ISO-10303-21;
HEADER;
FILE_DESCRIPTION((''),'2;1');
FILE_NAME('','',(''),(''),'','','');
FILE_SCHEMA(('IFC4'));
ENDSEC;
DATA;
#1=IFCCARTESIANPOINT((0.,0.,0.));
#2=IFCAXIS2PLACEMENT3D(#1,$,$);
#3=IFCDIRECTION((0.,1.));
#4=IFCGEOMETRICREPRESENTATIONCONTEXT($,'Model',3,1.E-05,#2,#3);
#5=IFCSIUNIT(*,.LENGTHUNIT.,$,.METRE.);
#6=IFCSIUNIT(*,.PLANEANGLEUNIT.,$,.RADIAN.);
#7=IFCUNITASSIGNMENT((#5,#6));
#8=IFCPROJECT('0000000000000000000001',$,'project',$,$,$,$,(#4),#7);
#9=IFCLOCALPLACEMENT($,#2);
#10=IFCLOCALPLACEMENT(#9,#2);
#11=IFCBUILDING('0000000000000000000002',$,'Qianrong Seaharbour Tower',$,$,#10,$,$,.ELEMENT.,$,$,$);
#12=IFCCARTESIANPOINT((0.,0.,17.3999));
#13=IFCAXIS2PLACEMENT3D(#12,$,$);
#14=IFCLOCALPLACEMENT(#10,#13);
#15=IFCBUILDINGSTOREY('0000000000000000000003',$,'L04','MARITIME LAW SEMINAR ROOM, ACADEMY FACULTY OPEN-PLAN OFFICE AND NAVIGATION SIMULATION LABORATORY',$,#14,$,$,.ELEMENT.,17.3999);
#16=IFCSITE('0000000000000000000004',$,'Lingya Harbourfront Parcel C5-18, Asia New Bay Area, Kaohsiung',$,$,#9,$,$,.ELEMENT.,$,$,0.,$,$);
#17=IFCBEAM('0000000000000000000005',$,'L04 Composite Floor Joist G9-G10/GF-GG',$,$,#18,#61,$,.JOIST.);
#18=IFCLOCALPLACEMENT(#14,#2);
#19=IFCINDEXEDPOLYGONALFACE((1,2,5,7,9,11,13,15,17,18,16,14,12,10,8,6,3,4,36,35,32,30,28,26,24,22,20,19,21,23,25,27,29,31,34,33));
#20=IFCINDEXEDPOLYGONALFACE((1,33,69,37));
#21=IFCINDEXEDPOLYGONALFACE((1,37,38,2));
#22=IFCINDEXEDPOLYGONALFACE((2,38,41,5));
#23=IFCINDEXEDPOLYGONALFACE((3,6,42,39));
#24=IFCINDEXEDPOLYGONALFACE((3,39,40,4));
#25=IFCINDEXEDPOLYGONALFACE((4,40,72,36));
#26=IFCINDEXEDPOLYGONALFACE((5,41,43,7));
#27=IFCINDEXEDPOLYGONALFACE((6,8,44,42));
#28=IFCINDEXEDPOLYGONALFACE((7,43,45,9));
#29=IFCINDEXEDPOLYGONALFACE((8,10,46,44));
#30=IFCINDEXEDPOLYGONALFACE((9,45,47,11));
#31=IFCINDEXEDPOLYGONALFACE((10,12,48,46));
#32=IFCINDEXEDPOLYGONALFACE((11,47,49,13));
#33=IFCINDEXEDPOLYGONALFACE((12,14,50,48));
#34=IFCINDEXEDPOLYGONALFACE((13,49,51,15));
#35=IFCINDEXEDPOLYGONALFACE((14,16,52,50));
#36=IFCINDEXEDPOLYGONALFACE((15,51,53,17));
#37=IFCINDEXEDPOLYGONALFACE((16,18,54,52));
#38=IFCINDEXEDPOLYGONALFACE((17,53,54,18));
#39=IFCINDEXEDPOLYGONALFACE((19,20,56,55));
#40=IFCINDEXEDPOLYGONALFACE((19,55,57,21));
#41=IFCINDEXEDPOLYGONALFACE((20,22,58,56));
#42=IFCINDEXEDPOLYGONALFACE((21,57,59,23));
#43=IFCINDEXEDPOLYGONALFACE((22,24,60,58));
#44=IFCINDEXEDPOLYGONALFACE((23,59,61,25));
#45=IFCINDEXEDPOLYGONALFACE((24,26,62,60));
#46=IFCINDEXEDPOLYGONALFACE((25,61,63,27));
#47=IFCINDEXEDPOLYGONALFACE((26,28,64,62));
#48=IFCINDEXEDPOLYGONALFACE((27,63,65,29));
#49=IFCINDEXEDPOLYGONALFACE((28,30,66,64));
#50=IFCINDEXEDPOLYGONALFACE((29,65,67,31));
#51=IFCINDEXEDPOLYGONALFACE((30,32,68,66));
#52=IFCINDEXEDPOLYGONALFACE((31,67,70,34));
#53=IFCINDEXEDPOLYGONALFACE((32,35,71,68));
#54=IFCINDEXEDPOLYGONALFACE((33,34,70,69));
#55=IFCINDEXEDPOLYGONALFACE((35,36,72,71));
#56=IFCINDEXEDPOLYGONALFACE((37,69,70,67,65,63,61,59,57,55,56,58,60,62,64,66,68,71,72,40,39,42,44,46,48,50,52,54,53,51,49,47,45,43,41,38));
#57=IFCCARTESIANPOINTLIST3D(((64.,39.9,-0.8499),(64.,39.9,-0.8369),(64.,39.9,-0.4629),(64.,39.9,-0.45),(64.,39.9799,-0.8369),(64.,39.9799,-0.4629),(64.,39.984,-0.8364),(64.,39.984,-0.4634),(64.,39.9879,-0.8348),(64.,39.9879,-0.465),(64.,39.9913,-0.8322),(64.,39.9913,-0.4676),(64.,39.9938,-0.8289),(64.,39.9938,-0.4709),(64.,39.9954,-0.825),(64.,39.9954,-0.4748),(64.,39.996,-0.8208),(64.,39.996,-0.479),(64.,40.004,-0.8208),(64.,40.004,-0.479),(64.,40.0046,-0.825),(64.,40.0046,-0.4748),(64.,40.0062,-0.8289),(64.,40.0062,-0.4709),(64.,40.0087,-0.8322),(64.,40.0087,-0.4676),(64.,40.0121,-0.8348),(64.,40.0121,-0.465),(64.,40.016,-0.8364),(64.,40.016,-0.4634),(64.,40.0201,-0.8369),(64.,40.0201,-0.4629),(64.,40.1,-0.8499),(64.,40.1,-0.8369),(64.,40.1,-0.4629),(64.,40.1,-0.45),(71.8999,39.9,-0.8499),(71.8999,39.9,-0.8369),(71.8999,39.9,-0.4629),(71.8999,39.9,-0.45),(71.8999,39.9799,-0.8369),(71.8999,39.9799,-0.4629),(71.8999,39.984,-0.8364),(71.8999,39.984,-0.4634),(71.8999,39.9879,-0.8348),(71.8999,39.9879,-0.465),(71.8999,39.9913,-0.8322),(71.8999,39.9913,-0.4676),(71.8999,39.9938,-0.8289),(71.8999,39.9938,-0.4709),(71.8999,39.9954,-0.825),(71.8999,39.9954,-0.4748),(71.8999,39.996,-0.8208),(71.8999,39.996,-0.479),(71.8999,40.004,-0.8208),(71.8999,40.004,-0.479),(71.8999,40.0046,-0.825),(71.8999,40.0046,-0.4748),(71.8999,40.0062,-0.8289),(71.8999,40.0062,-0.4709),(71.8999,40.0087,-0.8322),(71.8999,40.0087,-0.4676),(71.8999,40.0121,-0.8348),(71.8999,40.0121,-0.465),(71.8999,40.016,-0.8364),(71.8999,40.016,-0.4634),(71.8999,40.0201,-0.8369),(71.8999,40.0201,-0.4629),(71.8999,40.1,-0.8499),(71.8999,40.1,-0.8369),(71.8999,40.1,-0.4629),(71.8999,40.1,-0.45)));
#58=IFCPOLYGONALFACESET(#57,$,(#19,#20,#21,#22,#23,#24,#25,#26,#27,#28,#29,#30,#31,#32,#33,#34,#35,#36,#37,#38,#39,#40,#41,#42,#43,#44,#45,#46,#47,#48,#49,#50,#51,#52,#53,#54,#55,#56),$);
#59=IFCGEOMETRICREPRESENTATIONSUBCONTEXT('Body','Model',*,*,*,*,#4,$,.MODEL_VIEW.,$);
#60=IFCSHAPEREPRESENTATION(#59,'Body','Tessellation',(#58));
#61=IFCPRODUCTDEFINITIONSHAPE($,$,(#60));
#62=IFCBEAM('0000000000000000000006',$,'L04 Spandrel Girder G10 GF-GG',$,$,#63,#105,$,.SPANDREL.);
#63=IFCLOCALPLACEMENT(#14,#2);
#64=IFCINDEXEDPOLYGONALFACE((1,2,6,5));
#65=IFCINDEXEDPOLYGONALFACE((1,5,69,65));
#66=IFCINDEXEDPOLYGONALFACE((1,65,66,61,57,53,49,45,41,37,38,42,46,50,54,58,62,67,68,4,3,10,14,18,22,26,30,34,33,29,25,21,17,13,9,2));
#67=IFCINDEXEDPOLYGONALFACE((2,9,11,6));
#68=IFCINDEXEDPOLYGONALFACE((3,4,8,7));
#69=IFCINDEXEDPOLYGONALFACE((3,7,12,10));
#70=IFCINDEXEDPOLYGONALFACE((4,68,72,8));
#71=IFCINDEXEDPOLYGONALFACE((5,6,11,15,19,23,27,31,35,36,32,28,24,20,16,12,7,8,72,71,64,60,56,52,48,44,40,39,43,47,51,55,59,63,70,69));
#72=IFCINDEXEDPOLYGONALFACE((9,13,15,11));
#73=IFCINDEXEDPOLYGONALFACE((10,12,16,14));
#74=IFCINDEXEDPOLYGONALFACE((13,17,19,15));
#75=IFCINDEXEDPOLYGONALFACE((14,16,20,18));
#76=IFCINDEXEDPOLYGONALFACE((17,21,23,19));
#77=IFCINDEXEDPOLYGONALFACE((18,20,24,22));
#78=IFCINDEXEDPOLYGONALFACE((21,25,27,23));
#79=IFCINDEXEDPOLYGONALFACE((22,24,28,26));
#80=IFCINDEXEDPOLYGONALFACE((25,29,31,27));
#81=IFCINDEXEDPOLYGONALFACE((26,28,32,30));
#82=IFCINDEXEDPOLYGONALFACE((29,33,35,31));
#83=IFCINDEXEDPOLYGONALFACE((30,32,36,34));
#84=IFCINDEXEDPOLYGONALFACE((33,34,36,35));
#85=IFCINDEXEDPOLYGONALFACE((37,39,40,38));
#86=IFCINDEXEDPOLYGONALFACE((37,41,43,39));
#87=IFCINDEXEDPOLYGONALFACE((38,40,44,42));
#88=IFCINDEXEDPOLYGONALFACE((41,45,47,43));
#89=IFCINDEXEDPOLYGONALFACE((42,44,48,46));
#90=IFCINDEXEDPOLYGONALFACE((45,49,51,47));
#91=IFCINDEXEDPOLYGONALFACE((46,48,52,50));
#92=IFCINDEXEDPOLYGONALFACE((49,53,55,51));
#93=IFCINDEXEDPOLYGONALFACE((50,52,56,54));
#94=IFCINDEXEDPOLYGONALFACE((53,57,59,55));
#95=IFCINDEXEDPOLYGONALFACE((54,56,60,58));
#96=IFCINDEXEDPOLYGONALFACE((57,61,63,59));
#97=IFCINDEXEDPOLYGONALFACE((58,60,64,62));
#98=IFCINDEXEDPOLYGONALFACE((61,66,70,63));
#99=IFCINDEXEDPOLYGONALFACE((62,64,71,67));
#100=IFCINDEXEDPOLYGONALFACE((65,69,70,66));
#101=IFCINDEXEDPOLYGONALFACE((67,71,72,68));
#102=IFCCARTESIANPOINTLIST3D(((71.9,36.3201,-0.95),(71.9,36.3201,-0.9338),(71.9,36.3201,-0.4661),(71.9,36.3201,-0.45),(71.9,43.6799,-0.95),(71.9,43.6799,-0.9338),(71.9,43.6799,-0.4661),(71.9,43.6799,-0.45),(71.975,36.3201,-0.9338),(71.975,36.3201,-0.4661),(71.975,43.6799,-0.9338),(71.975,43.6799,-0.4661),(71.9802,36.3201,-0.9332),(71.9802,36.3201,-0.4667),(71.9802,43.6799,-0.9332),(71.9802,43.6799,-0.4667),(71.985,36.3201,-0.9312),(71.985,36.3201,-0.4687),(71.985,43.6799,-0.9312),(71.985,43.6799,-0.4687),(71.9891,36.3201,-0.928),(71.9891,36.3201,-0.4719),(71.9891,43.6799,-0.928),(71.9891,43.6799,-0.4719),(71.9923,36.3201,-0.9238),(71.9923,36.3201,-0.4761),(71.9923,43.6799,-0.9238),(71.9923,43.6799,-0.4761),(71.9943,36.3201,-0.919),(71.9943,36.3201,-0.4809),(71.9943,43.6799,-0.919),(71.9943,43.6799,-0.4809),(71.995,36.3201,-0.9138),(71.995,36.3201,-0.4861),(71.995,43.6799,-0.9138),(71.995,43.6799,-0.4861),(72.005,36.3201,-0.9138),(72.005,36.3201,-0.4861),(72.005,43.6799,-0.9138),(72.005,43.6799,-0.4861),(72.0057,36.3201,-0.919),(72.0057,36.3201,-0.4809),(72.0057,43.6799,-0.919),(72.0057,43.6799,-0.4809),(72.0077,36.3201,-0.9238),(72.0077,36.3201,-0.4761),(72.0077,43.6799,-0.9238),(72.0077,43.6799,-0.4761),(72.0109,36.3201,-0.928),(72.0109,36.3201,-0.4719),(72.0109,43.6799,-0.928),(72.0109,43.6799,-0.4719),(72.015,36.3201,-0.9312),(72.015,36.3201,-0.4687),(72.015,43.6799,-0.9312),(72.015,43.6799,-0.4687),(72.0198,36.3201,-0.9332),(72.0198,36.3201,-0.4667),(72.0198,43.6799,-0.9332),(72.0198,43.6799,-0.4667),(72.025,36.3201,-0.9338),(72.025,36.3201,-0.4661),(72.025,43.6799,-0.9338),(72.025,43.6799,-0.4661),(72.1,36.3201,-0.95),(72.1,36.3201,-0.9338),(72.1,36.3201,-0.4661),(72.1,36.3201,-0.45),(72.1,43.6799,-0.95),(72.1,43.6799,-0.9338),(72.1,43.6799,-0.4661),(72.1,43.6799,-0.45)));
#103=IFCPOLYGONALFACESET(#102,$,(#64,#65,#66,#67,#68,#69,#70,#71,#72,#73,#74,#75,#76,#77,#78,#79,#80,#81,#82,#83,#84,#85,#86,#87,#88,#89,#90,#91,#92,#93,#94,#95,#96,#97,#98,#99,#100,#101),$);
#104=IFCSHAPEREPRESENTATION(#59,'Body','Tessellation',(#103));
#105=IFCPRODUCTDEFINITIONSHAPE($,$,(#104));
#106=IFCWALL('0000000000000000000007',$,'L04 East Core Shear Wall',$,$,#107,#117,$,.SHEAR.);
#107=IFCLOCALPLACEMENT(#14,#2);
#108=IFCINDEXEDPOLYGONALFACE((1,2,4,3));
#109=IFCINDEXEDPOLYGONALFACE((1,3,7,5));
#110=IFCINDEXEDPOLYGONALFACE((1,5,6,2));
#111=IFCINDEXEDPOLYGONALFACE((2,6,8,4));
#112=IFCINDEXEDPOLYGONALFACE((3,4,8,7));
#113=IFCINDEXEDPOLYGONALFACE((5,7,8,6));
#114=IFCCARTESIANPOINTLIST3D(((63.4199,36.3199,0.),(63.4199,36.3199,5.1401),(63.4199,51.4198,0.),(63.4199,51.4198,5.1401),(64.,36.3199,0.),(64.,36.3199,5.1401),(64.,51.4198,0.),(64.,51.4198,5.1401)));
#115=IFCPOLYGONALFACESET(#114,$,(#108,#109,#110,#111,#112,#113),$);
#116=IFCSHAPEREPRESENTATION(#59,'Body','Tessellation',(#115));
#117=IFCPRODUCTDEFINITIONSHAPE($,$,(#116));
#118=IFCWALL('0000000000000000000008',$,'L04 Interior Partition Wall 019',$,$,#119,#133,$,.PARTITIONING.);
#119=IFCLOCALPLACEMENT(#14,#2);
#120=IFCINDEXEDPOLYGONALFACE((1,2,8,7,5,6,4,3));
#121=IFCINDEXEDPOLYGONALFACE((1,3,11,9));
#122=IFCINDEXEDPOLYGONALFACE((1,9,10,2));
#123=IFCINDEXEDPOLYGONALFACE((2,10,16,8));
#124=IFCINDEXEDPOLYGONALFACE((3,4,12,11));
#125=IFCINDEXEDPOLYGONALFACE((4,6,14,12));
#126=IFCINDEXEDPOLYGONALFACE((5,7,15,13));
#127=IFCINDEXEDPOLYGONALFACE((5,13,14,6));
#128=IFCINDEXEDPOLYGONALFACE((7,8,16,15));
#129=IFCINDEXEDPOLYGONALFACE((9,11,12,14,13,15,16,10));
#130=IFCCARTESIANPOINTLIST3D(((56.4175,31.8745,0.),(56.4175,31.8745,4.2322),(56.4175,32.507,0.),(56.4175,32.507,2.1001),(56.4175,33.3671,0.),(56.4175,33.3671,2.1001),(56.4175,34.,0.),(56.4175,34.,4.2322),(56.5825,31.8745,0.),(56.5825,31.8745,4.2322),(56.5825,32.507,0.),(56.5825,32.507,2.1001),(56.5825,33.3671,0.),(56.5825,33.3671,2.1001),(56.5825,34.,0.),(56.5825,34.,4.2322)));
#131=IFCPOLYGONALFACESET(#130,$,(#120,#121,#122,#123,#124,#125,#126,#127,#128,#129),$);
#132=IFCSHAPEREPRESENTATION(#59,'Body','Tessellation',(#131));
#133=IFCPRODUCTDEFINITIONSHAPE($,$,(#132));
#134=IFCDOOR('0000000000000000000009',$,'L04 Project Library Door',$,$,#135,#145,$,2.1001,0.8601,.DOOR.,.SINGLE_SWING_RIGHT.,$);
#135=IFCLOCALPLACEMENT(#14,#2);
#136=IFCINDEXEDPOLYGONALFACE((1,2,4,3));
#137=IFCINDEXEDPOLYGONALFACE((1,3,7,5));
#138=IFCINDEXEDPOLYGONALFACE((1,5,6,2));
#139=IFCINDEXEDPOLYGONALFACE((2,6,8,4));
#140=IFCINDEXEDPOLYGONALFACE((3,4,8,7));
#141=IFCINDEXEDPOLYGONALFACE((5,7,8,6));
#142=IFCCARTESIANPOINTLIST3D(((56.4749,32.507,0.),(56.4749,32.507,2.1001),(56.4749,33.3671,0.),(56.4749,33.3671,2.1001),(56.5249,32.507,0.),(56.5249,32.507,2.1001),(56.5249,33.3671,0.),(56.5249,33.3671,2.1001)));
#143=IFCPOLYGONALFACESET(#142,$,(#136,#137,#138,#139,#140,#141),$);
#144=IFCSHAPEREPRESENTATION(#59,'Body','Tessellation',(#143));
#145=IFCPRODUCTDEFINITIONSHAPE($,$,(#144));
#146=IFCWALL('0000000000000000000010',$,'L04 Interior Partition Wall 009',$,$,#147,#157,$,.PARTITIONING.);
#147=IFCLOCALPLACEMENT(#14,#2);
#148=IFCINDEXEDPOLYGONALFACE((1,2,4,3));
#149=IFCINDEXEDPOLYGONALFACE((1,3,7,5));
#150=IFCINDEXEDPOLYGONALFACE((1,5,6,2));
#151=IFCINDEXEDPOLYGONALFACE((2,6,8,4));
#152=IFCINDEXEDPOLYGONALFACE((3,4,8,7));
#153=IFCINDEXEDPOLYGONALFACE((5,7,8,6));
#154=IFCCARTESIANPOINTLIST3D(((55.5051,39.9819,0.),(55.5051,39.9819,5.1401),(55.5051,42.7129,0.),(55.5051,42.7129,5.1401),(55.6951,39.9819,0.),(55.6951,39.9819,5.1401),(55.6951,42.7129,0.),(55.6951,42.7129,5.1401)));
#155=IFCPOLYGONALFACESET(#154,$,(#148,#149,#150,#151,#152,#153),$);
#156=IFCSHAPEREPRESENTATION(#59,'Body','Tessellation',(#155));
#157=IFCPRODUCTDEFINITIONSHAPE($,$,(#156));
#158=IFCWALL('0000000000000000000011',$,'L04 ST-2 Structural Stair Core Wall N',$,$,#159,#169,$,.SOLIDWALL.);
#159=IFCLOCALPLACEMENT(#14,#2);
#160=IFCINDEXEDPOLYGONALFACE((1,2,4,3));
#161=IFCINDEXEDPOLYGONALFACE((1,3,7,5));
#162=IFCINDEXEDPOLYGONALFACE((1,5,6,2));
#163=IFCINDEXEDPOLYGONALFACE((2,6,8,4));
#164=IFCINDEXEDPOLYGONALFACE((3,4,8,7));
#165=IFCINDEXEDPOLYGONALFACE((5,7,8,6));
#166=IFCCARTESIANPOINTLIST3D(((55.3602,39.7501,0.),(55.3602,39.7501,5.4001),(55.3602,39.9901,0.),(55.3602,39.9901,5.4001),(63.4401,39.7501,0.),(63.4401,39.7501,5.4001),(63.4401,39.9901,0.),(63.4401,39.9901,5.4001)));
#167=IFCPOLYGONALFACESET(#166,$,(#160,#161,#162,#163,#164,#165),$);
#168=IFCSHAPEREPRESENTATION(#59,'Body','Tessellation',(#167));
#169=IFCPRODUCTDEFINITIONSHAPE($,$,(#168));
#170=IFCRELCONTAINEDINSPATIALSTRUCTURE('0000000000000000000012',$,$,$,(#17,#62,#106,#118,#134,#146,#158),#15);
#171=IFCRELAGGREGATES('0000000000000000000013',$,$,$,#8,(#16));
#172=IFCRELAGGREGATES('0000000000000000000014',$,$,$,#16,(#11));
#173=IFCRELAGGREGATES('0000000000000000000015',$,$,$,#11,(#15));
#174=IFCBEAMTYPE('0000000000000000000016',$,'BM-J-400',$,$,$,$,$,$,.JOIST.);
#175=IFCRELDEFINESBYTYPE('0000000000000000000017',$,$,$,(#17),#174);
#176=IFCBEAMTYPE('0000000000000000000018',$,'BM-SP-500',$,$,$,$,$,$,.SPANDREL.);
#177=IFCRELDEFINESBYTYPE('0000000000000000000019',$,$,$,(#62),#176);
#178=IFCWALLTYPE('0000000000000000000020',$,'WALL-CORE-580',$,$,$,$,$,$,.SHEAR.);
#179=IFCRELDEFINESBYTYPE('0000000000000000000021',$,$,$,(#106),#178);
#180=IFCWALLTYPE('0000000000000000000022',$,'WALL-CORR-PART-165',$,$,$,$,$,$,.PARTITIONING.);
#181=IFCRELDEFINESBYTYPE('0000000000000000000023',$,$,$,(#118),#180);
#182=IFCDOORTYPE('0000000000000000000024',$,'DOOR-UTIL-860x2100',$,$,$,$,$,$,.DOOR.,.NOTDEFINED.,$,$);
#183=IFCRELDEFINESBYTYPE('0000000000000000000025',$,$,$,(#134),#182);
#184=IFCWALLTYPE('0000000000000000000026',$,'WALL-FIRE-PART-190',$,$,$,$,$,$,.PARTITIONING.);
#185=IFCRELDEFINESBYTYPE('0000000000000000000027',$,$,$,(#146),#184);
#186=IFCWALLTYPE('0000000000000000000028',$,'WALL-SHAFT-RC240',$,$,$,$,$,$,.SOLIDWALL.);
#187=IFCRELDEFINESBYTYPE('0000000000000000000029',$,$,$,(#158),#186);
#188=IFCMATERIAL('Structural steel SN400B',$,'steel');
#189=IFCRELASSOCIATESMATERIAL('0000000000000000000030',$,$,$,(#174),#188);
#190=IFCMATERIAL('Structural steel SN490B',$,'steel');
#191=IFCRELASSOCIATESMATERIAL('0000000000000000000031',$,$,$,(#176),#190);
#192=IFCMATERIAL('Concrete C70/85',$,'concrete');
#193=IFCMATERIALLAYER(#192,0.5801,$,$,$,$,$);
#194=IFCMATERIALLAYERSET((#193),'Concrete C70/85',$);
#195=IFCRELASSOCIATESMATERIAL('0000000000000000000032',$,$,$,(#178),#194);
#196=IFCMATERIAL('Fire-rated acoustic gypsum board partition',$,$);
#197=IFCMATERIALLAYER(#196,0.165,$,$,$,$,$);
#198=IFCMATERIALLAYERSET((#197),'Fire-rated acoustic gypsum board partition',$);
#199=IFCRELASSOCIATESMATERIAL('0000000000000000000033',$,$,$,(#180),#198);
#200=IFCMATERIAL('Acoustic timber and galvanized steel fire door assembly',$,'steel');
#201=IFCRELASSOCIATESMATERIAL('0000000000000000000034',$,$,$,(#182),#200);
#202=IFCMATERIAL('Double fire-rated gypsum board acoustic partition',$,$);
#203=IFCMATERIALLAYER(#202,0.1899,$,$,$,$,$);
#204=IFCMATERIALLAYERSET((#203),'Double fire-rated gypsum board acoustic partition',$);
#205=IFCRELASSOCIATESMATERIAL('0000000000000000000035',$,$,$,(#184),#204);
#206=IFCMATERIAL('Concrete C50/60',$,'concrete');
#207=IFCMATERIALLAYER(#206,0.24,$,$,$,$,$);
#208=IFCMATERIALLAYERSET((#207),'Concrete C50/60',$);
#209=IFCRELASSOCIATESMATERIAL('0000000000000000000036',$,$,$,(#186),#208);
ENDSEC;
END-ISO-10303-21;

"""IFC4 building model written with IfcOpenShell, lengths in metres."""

from ifc_helpers import new_model, si_unit, direction, frame, frame_2d, origin, origin_2d, place, context, subcontext, project, spatial, rectangle, i_section, extrude, material, layer, layer_set, material_profile, profile_set, type_object, element, fill, save


model = new_model("IFC4")

# Units and contexts
model_context = context("Model", 3, precision=1e-05, world=origin(), true_north=direction((0.0, 1.0)))
body_context = subcontext(model_context, "Body", "Model", "MODEL_VIEW")
ifc_project = project(units=[si_unit("LENGTHUNIT", "METRE"), si_unit("PLANEANGLEUNIT", "RADIAN")], contexts=[model_context])

# Site, building, storey
site_placement = place(None, origin())
site = spatial("IfcSite", under=ifc_project, at=site_placement, Name="Lingya Harbourfront Parcel C5-18, Asia New Bay Area, Kaohsiung", CompositionType="ELEMENT", RefElevation=0.0)
building_placement = place(site_placement, origin())
building = spatial("IfcBuilding", under=site, at=building_placement, Name="Qianrong Seaharbour Tower", CompositionType="ELEMENT")
storey_placement = place(building_placement, frame((0.0, 0.0, 17.3999)))
storey = spatial("IfcBuildingStorey", under=building, at=storey_placement, Name="L04", Description="MARITIME LAW SEMINAR ROOM, ACADEMY FACULTY OPEN-PLAN OFFICE AND NAVIGATION SIMULATION LABORATORY", CompositionType="ELEMENT", Elevation=17.3999)

# Shared definitions
ifc_material_1 = material(Name="Structural steel SN490B", Category="steel")
ifc_material_2 = material(Name="Concrete C70/85", Category="concrete")

# Beams
ifc_material_3 = material(Name="Structural steel SN400B", Category="steel")
ifc_material_profile_1 = material_profile(ifc_material_3, i_section(OverallWidth=0.2, OverallDepth=0.3999, WebThickness=0.0081, FlangeThickness=0.0129, FilletRadius=0.0161, at=origin_2d()), Name="H400x200x8x13")
ifc_profile_set_1 = profile_set([ifc_material_profile_1], Name="Structural steel SN400B")
beam_type_1 = type_object("IfcBeamType", Name="BM-J-400", PredefinedType="JOIST", material=ifc_profile_set_1)
beam_1_placement = place(storey_placement, frame((64.0, 40.0, -0.6499), z_axis=(1.0, 0.0, 0.0), x_axis=(0.0, 1.0, 0.0)))
element("IfcBeam", 1, at=beam_1_placement, inside=storey, type_object=beam_type_1, Name="L04 Composite Floor Joist G9-G10/GF-GG", PredefinedType="JOIST", context=body_context, shape_type="SweptSolid", body=[
    extrude(i_section(OverallWidth=0.2, OverallDepth=0.3999, WebThickness=0.0081, FlangeThickness=0.0129, FilletRadius=0.0161, at=origin_2d()), origin(), (0.0, 0.0, 1.0), 7.8999),
])
ifc_material_profile_2 = material_profile(ifc_material_1, i_section(OverallWidth=0.2, OverallDepth=0.5, WebThickness=0.01, FlangeThickness=0.0161, FilletRadius=0.02, at=origin_2d()), Name="H500x200x10x16")
ifc_profile_set_2 = profile_set([ifc_material_profile_2], Name="Structural steel SN490B")
beam_type_2 = type_object("IfcBeamType", Name="BM-SP-500", PredefinedType="SPANDREL", material=ifc_profile_set_2)
beam_2_placement = place(storey_placement, frame((72.0, 36.3201, -0.7), z_axis=(0.0, 1.0, 0.0), x_axis=(-1.0, 0.0, 0.0)))
element("IfcBeam", 2, at=beam_2_placement, inside=storey, type_object=beam_type_2, Name="L04 Spandrel Girder G10 GF-GG", PredefinedType="SPANDREL", context=body_context, shape_type="SweptSolid", body=[
    extrude(i_section(OverallWidth=0.2, OverallDepth=0.5, WebThickness=0.01, FlangeThickness=0.0161, FilletRadius=0.02, at=origin_2d()), origin(), (0.0, 0.0, 1.0), 7.3599),
])

# Wall
ifc_layer_1 = layer(ifc_material_2, 0.5801)
ifc_layer_set_1 = layer_set([ifc_layer_1], Name="Concrete C70/85")
wall_type_1 = type_object("IfcWallType", Name="WALL-CORE-580", PredefinedType="SHEAR", material=ifc_layer_set_1)
wall_1_placement = place(storey_placement, frame((63.71, 36.3201, 0.0), z_axis=(0.0, 0.0, 1.0), x_axis=(0.0, 1.0, 0.0)))
element("IfcWall", 3, at=wall_1_placement, inside=storey, type_object=wall_type_1, Name="L04 East Core Shear Wall", PredefinedType="SHEAR", context=body_context, shape_type="SweptSolid", body=[
    extrude(rectangle(XDim=15.0999, YDim=0.5801, at=frame_2d((7.5498, 0.0))), origin(), (0.0, 0.0, 1.0), 5.1401),
])

# Wall, opening, door
ifc_material_4 = material(Name="Fire-rated acoustic gypsum board partition")
ifc_layer_2 = layer(ifc_material_4, 0.165)
ifc_layer_set_2 = layer_set([ifc_layer_2], Name="Fire-rated acoustic gypsum board partition")
wall_type_2 = type_object("IfcWallType", Name="WALL-CORR-PART-165", PredefinedType="PARTITIONING", material=ifc_layer_set_2)
wall_2_placement = place(storey_placement, frame((56.5, 34.0, 0.0), z_axis=(0.0, 0.0, 1.0), x_axis=(0.0, -1.0, 0.0)))
wall_2 = element("IfcWall", 4, at=wall_2_placement, inside=storey, type_object=wall_type_2, Name="L04 Interior Partition Wall 019", PredefinedType="PARTITIONING", context=body_context, shape_type="SweptSolid", body=[
    extrude(rectangle(XDim=2.1255, YDim=0.165, at=frame_2d((1.0627, 0.0))), origin(), (0.0, 0.0, 1.0), 4.2322),
])
opening_1_placement = place(wall_2_placement, frame((0.6328, 0.0, 0.0)))
opening_1 = element("IfcOpeningElement", 5, at=opening_1_placement, cuts=wall_2, PredefinedType="OPENING", context=body_context, shape_type="SweptSolid", body=[
    extrude(rectangle(XDim=0.8601, YDim=2.1001, at=frame_2d((0.4302, 1.05))), frame((0.0, 0.0925, 0.0), z_axis=(0.0, -1.0, 0.0), x_axis=(1.0, 0.0, 0.0)), (0.0, 0.0, 1.0), 0.1851),
])
ifc_material_5 = material(Name="Acoustic timber and galvanized steel fire door assembly", Category="steel")
door_type_1 = type_object("IfcDoorType", Name="DOOR-UTIL-860x2100", OperationType="NOTDEFINED", PredefinedType="DOOR", material=ifc_material_5)
door_1_placement = place(opening_1_placement, origin())
door_1 = element("IfcDoor", 6, at=door_1_placement, inside=storey, type_object=door_type_1, Name="L04 Project Library Door", OperationType="SINGLE_SWING_RIGHT", OverallHeight=2.1001, OverallWidth=0.8601, PredefinedType="DOOR", context=body_context, shape_type="SweptSolid", body=[
    extrude(rectangle(XDim=0.8601, YDim=2.1001, at=frame_2d((0.4302, 1.05))), frame((0.0, 0.0249, 0.0), z_axis=(0.0, -1.0, 0.0), x_axis=(1.0, 0.0, 0.0)), (0.0, 0.0, 1.0), 0.05),
])
fill(opening_1, door_1)

# Walls
ifc_material_6 = material(Name="Double fire-rated gypsum board acoustic partition")
ifc_layer_3 = layer(ifc_material_6, 0.1899)
ifc_layer_set_3 = layer_set([ifc_layer_3], Name="Double fire-rated gypsum board acoustic partition")
wall_type_3 = type_object("IfcWallType", Name="WALL-FIRE-PART-190", PredefinedType="PARTITIONING", material=ifc_layer_set_3)
wall_3_placement = place(storey_placement, frame((55.6001, 42.7129, 0.0), z_axis=(0.0, 0.0, 1.0), x_axis=(0.0, -1.0, 0.0)))
element("IfcWall", 7, at=wall_3_placement, inside=storey, type_object=wall_type_3, Name="L04 Interior Partition Wall 009", PredefinedType="PARTITIONING", context=body_context, shape_type="SweptSolid", body=[
    extrude(rectangle(XDim=2.731, YDim=0.1899, at=frame_2d((1.3655, 0.0))), origin(), (0.0, 0.0, 1.0), 5.1401),
])
ifc_material_7 = material(Name="Concrete C50/60", Category="concrete")
ifc_layer_4 = layer(ifc_material_7, 0.24)
ifc_layer_set_4 = layer_set([ifc_layer_4], Name="Concrete C50/60")
wall_type_4 = type_object("IfcWallType", Name="WALL-SHAFT-RC240", PredefinedType="SOLIDWALL", material=ifc_layer_set_4)
wall_4_placement = place(storey_placement, frame((55.3601, 39.8701, 0.0), z_axis=(0.0, 0.0, 1.0), x_axis=(1.0, 0.0, 0.0)))
element("IfcWall", 8, at=wall_4_placement, inside=storey, type_object=wall_type_4, Name="L04 ST-2 Structural Stair Core Wall N", PredefinedType="SOLIDWALL", context=body_context, shape_type="SweptSolid", body=[
    extrude(rectangle(XDim=8.0798, YDim=0.24, at=frame_2d((4.04, 0.0))), origin(), (0.0, 0.0, 1.0), 5.4001),
])

save(model, "model.ifc")
